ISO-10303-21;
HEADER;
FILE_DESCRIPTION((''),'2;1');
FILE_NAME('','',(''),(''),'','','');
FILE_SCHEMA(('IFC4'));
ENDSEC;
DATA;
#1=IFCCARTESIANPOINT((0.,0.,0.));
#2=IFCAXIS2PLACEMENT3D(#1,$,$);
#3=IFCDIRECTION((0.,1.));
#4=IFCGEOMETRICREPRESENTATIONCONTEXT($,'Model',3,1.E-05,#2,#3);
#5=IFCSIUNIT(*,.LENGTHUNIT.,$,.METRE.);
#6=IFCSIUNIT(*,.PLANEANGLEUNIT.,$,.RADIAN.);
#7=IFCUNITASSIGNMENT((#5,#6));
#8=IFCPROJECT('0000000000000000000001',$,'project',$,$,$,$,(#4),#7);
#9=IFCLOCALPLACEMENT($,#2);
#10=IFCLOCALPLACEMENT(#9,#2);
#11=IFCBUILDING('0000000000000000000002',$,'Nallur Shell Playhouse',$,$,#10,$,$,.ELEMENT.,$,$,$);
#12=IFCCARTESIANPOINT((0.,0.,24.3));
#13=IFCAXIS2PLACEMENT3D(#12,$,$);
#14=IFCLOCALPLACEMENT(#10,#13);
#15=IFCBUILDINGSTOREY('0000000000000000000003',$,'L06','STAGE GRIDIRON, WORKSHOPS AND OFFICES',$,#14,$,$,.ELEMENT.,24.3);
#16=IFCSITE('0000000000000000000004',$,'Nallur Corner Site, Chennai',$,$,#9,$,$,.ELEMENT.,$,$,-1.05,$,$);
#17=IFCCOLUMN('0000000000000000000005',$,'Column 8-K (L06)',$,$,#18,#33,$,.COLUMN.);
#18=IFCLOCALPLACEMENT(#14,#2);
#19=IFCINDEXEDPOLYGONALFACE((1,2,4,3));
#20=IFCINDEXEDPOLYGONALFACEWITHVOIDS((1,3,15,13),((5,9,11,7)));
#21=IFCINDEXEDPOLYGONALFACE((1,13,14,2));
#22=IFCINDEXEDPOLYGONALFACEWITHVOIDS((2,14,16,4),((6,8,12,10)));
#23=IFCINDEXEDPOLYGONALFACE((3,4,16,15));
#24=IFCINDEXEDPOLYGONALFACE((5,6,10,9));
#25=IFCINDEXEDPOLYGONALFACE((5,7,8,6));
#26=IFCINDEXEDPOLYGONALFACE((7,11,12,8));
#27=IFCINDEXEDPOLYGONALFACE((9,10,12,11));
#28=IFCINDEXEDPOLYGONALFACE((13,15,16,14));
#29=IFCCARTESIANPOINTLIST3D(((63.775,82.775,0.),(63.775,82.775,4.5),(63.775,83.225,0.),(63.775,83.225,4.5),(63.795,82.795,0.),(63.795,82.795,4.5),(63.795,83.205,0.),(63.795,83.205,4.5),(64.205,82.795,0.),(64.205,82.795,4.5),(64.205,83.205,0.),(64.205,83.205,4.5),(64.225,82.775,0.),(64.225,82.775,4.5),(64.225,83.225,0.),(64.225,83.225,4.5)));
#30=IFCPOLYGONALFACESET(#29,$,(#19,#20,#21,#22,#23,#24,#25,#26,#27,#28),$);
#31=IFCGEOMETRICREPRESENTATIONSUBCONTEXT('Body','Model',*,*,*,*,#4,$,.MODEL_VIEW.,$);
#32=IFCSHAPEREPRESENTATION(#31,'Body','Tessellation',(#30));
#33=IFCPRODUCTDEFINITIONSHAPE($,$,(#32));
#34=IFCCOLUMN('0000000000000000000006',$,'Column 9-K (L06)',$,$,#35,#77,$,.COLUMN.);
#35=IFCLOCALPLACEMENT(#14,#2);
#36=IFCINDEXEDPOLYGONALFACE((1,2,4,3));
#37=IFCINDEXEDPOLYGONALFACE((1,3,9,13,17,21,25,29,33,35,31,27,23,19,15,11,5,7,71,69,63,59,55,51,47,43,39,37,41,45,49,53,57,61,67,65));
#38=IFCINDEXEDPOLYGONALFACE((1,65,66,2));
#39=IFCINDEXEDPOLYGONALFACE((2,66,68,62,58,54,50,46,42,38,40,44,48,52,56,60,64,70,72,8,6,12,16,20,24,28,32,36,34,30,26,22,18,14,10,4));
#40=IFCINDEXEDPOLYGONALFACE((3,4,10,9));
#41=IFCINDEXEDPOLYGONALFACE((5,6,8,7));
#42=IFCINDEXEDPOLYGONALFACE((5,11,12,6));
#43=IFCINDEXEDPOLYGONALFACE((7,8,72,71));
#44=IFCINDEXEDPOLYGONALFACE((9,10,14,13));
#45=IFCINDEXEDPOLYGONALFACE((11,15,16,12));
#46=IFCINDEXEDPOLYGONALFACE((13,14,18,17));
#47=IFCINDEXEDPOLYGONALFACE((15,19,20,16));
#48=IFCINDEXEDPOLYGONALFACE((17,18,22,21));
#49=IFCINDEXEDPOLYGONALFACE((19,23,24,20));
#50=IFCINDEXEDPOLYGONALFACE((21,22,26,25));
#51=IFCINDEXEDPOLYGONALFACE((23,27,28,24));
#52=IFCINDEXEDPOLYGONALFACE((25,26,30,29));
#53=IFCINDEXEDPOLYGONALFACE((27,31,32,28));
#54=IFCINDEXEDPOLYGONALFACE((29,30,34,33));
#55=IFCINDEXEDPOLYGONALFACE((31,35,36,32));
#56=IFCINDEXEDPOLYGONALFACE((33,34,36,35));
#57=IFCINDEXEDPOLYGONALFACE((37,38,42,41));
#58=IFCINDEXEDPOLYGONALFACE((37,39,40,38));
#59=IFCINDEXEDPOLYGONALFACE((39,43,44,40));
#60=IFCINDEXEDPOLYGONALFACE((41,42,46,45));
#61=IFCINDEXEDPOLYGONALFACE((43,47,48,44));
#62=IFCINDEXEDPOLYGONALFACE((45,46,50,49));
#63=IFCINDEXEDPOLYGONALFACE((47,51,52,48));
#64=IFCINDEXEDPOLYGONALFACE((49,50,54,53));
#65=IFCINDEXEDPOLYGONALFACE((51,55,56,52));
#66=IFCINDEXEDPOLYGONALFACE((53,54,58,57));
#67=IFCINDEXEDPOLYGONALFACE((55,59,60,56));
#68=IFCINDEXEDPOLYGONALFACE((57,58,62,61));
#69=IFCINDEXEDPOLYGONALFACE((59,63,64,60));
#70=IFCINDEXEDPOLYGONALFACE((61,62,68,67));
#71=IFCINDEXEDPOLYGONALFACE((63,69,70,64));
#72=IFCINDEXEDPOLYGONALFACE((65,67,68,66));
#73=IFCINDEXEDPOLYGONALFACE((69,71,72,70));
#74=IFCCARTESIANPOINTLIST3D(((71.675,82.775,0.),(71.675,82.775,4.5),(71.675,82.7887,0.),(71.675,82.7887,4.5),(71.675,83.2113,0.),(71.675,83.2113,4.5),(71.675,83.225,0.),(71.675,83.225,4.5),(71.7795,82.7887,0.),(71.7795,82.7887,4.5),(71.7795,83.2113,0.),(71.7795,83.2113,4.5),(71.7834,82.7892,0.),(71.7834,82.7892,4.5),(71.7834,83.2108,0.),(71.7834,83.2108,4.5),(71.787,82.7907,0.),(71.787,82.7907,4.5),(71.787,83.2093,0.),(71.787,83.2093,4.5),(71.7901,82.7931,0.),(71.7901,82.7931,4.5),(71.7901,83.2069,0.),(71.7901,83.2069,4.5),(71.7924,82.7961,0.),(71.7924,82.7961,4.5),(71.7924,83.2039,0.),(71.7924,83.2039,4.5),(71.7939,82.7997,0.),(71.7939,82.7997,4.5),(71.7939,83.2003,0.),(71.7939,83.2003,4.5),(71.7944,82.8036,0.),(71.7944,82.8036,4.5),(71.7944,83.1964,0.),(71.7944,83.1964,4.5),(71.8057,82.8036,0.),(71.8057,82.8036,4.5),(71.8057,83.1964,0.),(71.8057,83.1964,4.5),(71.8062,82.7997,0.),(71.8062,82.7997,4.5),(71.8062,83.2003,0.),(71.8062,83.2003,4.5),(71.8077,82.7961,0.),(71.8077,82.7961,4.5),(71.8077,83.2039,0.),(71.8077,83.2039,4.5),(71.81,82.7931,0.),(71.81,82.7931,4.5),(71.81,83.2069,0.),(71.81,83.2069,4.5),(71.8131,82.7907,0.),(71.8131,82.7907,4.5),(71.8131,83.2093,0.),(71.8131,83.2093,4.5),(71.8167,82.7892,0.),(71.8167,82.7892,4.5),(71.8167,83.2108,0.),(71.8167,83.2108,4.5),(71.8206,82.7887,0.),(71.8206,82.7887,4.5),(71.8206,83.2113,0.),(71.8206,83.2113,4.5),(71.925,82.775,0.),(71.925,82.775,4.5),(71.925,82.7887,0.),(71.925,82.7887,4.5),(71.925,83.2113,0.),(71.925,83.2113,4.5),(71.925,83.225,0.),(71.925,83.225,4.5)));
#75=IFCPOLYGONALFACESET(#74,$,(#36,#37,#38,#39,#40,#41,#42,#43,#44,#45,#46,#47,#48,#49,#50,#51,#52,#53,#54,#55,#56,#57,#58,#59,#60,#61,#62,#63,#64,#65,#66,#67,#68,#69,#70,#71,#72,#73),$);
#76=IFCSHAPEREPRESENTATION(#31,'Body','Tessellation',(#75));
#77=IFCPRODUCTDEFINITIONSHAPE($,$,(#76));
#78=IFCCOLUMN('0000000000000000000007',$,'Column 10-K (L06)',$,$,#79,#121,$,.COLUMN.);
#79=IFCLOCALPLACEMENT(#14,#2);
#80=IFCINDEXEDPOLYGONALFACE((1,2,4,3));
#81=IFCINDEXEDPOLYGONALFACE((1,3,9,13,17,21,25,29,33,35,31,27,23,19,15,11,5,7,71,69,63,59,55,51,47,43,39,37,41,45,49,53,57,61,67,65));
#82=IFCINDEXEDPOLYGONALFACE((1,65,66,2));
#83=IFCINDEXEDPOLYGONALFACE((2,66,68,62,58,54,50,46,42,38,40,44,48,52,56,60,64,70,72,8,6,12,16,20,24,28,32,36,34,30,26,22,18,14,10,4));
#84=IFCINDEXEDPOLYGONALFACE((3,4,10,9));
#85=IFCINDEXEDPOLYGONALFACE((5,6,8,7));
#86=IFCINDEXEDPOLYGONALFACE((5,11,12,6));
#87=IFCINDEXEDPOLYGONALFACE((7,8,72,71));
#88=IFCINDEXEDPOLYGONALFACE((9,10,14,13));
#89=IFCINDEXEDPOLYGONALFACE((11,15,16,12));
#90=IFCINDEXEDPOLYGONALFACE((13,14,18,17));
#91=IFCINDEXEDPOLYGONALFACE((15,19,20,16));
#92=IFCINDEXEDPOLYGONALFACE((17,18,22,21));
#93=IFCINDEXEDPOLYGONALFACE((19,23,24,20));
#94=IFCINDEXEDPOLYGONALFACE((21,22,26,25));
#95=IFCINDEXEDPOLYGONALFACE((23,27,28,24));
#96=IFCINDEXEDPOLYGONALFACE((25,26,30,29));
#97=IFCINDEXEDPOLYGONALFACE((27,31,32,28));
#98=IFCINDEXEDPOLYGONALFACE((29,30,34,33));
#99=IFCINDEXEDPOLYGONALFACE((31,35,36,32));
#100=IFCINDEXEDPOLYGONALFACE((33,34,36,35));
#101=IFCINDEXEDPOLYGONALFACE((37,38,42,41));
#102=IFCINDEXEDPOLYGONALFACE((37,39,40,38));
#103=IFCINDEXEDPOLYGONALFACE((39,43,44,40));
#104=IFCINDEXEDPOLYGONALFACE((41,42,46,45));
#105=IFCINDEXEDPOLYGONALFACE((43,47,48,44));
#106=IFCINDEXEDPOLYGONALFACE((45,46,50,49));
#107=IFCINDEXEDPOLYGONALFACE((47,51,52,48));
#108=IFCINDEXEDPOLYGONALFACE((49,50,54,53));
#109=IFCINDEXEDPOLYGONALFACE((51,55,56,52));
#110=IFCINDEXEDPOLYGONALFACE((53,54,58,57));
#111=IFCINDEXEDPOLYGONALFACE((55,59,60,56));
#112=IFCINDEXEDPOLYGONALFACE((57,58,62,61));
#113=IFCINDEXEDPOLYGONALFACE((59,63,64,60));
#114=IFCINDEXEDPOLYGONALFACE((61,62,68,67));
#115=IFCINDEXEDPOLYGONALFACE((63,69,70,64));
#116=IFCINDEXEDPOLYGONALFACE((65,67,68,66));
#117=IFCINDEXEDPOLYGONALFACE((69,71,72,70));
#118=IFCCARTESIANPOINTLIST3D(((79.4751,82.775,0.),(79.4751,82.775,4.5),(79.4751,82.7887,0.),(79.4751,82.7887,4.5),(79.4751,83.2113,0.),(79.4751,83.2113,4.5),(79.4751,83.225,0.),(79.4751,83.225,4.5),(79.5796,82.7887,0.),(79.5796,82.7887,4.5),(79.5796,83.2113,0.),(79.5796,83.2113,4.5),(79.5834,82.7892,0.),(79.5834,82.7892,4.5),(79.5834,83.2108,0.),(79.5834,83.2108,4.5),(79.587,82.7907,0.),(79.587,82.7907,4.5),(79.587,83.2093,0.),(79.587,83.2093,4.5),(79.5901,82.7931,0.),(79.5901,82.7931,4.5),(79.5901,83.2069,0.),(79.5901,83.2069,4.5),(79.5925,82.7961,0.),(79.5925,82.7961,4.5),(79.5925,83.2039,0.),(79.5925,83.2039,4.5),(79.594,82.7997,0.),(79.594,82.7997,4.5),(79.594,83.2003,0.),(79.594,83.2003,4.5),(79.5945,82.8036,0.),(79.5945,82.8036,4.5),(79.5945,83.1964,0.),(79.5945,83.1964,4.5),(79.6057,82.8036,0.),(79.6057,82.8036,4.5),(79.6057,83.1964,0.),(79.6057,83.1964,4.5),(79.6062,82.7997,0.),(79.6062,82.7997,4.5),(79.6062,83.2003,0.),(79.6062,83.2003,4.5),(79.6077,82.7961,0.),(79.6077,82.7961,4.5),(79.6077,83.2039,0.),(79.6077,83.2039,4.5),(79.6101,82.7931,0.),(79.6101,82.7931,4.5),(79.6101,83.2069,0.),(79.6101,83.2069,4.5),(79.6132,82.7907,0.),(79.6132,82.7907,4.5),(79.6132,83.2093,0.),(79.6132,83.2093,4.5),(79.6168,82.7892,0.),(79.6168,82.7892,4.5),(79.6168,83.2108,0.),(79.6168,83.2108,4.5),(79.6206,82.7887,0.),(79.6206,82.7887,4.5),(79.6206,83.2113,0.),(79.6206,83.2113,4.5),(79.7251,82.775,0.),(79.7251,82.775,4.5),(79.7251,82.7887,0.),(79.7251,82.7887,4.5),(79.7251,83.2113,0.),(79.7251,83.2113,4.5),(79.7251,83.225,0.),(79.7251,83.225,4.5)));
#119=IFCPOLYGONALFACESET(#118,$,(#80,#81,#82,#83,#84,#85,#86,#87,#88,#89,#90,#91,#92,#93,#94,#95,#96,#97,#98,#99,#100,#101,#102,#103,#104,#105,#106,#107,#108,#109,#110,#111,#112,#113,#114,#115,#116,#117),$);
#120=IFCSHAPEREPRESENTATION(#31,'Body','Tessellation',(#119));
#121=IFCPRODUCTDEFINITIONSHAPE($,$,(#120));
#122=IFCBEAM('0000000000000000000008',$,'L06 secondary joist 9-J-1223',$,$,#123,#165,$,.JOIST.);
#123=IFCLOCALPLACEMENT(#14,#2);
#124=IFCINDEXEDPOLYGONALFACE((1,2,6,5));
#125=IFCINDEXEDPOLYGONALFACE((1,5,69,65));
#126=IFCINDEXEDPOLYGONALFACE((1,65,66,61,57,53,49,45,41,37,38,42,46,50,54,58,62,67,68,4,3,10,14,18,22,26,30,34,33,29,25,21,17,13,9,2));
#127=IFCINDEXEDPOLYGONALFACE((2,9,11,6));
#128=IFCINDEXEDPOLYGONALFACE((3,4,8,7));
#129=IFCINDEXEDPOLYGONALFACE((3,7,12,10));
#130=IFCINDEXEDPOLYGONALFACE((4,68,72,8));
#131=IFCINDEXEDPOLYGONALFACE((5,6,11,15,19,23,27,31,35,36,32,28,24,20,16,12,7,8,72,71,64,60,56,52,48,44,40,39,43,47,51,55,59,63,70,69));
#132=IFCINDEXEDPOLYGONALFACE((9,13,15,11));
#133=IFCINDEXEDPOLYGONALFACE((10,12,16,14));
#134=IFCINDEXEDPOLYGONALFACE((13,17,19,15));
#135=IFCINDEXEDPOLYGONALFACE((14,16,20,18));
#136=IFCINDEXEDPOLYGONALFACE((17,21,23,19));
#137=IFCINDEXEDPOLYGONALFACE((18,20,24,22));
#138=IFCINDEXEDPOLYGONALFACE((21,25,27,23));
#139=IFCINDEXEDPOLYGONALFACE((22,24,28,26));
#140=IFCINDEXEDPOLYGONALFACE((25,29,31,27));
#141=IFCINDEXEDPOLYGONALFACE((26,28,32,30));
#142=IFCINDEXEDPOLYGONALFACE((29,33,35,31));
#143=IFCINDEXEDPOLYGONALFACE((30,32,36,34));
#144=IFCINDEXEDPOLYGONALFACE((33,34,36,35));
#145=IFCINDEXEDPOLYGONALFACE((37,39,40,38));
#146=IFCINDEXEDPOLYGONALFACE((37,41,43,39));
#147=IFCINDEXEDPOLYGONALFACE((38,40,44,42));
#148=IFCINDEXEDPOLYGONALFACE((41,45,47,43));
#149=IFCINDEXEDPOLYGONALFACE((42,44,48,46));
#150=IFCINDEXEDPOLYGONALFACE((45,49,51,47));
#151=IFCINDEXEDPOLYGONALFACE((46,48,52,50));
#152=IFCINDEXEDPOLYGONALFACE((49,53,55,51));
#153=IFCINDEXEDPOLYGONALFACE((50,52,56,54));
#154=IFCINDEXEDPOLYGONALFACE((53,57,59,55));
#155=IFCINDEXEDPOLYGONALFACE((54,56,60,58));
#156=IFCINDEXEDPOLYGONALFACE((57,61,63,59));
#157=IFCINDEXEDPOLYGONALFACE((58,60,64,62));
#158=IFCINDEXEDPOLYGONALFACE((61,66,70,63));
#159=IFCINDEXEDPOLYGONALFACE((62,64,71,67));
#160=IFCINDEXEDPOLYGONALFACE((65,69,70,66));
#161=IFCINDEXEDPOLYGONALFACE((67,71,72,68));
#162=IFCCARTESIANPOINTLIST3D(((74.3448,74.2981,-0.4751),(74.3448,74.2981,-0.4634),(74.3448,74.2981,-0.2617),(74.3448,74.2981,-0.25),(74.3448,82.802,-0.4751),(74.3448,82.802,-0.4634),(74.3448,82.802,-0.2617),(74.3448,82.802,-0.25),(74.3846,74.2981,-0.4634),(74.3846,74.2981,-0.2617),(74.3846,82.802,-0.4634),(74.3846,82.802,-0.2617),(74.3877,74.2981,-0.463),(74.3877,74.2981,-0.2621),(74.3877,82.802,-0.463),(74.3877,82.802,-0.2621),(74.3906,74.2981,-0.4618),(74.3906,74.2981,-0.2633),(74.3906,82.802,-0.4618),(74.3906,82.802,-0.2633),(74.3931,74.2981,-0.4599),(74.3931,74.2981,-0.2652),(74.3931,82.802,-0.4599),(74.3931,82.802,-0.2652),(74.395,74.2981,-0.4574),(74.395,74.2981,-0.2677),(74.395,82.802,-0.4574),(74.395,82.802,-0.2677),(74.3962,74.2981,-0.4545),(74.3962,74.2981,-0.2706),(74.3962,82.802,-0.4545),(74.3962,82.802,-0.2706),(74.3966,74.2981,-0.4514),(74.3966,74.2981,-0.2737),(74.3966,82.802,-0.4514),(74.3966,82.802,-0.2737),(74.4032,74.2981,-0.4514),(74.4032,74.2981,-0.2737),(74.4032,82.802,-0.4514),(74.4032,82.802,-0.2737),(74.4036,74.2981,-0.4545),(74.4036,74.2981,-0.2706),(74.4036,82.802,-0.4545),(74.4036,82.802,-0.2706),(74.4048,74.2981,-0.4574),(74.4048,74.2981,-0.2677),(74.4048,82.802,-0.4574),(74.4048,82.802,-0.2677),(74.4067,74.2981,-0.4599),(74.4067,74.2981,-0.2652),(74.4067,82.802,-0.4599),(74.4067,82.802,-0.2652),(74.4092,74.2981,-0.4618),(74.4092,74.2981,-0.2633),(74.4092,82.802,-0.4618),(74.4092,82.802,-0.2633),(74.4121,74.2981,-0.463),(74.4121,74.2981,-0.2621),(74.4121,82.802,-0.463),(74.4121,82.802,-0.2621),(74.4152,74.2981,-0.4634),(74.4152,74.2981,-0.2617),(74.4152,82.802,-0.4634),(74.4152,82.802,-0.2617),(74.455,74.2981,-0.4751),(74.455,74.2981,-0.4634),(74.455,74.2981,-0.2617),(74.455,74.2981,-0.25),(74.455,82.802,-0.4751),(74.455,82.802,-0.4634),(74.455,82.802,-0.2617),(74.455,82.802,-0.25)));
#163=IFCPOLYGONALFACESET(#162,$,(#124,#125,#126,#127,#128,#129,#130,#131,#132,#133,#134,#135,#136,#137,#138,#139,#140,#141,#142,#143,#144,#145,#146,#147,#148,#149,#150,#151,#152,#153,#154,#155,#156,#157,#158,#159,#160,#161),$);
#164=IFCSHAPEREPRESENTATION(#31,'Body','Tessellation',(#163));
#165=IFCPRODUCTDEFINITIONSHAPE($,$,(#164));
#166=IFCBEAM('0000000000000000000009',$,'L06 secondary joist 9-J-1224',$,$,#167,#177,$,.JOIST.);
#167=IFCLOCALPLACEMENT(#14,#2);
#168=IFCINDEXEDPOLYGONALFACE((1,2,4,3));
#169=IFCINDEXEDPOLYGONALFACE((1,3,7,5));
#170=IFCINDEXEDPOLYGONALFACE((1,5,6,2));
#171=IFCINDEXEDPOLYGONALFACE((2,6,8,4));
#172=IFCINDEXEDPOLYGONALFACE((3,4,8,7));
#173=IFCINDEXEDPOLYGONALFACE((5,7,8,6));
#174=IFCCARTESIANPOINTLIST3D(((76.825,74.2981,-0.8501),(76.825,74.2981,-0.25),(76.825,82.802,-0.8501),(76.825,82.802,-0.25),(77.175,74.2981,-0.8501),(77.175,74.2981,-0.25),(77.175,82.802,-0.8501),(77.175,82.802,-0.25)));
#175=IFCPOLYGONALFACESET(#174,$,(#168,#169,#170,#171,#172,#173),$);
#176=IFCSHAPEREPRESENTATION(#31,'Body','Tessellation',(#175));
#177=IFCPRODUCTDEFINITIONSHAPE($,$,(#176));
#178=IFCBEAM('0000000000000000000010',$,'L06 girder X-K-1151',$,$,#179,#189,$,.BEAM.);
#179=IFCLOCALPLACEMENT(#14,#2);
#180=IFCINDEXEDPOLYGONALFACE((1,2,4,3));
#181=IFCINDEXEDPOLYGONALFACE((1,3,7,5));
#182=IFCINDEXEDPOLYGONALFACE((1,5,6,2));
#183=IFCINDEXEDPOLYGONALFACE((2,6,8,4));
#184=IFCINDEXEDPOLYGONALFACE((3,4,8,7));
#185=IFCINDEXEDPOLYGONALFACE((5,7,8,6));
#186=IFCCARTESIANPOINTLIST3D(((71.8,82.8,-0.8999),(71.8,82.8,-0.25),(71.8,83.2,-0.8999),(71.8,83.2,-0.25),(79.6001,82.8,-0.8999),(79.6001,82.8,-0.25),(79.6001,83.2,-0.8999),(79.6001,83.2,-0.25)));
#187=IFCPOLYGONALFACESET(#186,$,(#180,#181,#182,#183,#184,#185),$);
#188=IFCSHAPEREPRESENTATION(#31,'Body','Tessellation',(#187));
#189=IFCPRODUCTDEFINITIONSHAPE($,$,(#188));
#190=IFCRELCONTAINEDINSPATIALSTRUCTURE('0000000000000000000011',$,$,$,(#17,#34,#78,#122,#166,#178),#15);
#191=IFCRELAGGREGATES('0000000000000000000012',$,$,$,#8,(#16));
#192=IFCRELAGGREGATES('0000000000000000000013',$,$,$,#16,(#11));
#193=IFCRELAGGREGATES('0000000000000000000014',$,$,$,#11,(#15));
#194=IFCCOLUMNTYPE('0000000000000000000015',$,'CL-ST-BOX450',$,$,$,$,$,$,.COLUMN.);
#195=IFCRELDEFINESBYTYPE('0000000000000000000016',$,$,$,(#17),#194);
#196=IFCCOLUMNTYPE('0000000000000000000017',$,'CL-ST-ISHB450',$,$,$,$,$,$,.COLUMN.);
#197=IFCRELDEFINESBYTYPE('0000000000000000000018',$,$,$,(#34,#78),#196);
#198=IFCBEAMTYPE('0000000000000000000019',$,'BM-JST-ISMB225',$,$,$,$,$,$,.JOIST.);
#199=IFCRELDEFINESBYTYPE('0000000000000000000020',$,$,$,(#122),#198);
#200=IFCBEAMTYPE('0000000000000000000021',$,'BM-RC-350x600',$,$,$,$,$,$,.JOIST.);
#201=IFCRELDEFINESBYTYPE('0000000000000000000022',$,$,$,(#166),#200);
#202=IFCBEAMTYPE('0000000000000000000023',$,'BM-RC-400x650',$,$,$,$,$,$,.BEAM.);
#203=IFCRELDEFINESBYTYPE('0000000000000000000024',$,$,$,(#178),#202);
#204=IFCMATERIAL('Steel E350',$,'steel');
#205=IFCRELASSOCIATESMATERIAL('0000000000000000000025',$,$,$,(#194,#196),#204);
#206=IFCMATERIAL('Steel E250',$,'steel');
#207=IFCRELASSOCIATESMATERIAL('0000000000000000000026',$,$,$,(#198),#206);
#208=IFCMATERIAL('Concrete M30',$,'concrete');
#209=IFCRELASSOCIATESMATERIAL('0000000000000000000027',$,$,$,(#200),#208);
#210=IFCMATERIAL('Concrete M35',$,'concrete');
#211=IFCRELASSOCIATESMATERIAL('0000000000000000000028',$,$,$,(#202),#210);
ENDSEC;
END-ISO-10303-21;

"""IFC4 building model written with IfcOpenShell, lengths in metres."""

from ifc_helpers import new_model, si_unit, direction, frame, origin, origin_2d, place, context, subcontext, project, spatial, rectangle, hollow_rectangle, i_section, extrude, material, material_profile, profile_set, type_object, element, save


model = new_model("IFC4")

# Units and contexts
model_context = context("Model", 3, precision=1e-05, world=origin(), true_north=direction((0.0, 1.0)))
body_context = subcontext(model_context, "Body", "Model", "MODEL_VIEW")
ifc_project = project(units=[si_unit("LENGTHUNIT", "METRE"), si_unit("PLANEANGLEUNIT", "RADIAN")], contexts=[model_context])

# Site, building, storey
site_placement = place(None, origin())
site = spatial("IfcSite", under=ifc_project, at=site_placement, Name="Nallur Corner Site, Chennai", CompositionType="ELEMENT", RefElevation=-1.05)
building_placement = place(site_placement, origin())
building = spatial("IfcBuilding", under=site, at=building_placement, Name="Nallur Shell Playhouse", CompositionType="ELEMENT")
storey_placement = place(building_placement, frame((0.0, 0.0, 24.3)))
storey = spatial("IfcBuildingStorey", under=building, at=storey_placement, Name="L06", Description="STAGE GRIDIRON, WORKSHOPS AND OFFICES", CompositionType="ELEMENT", Elevation=24.3)

# Columns
ifc_material_1 = material(Name="Steel E350", Category="steel")
ifc_material_profile_1 = material_profile(ifc_material_1, hollow_rectangle(XDim=0.45, YDim=0.45, WallThickness=0.02, at=origin_2d()), Name="BOX 450x450x20")
ifc_profile_set_1 = profile_set([ifc_material_profile_1], Name="Steel E350")
column_type_1 = type_object("IfcColumnType", Name="CL-ST-BOX450", PredefinedType="COLUMN", material=ifc_profile_set_1)
column_placement = place(storey_placement, frame((64.0, 83.0, 0.0), z_axis=(0.0, 0.0, 1.0), x_axis=(1.0, 0.0, 0.0)))
element("IfcColumn", 1, at=column_placement, inside=storey, type_object=column_type_1, Name="Column 8-K (L06)", PredefinedType="COLUMN", context=body_context, shape_type="SweptSolid", body=[
    extrude(hollow_rectangle(XDim=0.45, YDim=0.45, WallThickness=0.02, at=origin_2d()), origin(), (0.0, 0.0, 1.0), 4.5),
])
ifc_material_profile_2 = material_profile(ifc_material_1, i_section(OverallWidth=0.25, OverallDepth=0.45, WebThickness=0.0112, FlangeThickness=0.0137, FilletRadius=0.0149, at=origin_2d()), Name="ISHB 450")
ifc_profile_set_2 = profile_set([ifc_material_profile_2], Name="Steel E350")
column_type_2 = type_object("IfcColumnType", Name="CL-ST-ISHB450", PredefinedType="COLUMN", material=ifc_profile_set_2)
for number, where, z_axis, x_axis, name in (
    (2, (71.8, 83.0, 0.0), (0.0, 0.0, 1.0), (1.0, 0.0, 0.0), "Column 9-K (L06)"),
    (3, (79.6001, 83.0, 0.0), (0.0, 0.0, 1.0), (1.0, 0.0, 0.0), "Column 10-K (L06)"),
):
    element("IfcColumn", number, at=place(storey_placement, frame(where, z_axis=z_axis, x_axis=x_axis)), inside=storey, type_object=column_type_2, Name=name, PredefinedType="COLUMN", context=body_context, shape_type="SweptSolid", body=[
        extrude(i_section(OverallWidth=0.25, OverallDepth=0.45, WebThickness=0.0112, FlangeThickness=0.0137, FilletRadius=0.0149, at=origin_2d()), origin(), (0.0, 0.0, 1.0), 4.5),
    ])

# Beams
ifc_material_2 = material(Name="Steel E250", Category="steel")
ifc_material_profile_3 = material_profile(ifc_material_2, i_section(OverallWidth=0.1101, OverallDepth=0.2251, WebThickness=0.0066, FlangeThickness=0.0117, FilletRadius=0.012, at=origin_2d()), Name="ISMB 225")
ifc_profile_set_3 = profile_set([ifc_material_profile_3], Name="Steel E250")
beam_type_1 = type_object("IfcBeamType", Name="BM-JST-ISMB225", PredefinedType="JOIST", material=ifc_profile_set_3)
beam_1_placement = place(storey_placement, frame((74.3999, 74.2981, -0.3625), z_axis=(0.0, 1.0, 0.0), x_axis=(-1.0, 0.0, 0.0)))
element("IfcBeam", 4, at=beam_1_placement, inside=storey, type_object=beam_type_1, Name="L06 secondary joist 9-J-1223", PredefinedType="JOIST", context=body_context, shape_type="SweptSolid", body=[
    extrude(i_section(OverallWidth=0.1101, OverallDepth=0.2251, WebThickness=0.0066, FlangeThickness=0.0117, FilletRadius=0.012, at=origin_2d()), origin(), (0.0, 0.0, 1.0), 8.5039),
])
ifc_material_3 = material(Name="Concrete M30", Category="concrete")
ifc_material_profile_4 = material_profile(ifc_material_3, rectangle(XDim=0.3501, YDim=0.6001, at=origin_2d()), Name="RC 350x600")
ifc_profile_set_4 = profile_set([ifc_material_profile_4], Name="Concrete M30")
beam_type_2 = type_object("IfcBeamType", Name="BM-RC-350x600", PredefinedType="JOIST", material=ifc_profile_set_4)
beam_2_placement = place(storey_placement, frame((77.0, 74.2981, -0.55), z_axis=(0.0, 1.0, 0.0), x_axis=(-1.0, 0.0, 0.0)))
element("IfcBeam", 5, at=beam_2_placement, inside=storey, type_object=beam_type_2, Name="L06 secondary joist 9-J-1224", PredefinedType="JOIST", context=body_context, shape_type="SweptSolid", body=[
    extrude(rectangle(XDim=0.3501, YDim=0.6001, at=origin_2d()), origin(), (0.0, 0.0, 1.0), 8.5039),
])
ifc_material_4 = material(Name="Concrete M35", Category="concrete")
ifc_material_profile_5 = material_profile(ifc_material_4, rectangle(XDim=0.3999, YDim=0.6499, at=origin_2d()), Name="RC 400x650")
ifc_profile_set_5 = profile_set([ifc_material_profile_5], Name="Concrete M35")
beam_type_3 = type_object("IfcBeamType", Name="BM-RC-400x650", PredefinedType="BEAM", material=ifc_profile_set_5)
beam_3_placement = place(storey_placement, frame((71.8, 83.0, -0.575), z_axis=(1.0, 0.0, 0.0), x_axis=(0.0, 1.0, 0.0)))
element("IfcBeam", 6, at=beam_3_placement, inside=storey, type_object=beam_type_3, Name="L06 girder X-K-1151", PredefinedType="BEAM", context=body_context, shape_type="SweptSolid", body=[
    extrude(rectangle(XDim=0.3999, YDim=0.6499, at=origin_2d()), origin(), (0.0, 0.0, 1.0), 7.8),
])

save(model, "model.ifc")
